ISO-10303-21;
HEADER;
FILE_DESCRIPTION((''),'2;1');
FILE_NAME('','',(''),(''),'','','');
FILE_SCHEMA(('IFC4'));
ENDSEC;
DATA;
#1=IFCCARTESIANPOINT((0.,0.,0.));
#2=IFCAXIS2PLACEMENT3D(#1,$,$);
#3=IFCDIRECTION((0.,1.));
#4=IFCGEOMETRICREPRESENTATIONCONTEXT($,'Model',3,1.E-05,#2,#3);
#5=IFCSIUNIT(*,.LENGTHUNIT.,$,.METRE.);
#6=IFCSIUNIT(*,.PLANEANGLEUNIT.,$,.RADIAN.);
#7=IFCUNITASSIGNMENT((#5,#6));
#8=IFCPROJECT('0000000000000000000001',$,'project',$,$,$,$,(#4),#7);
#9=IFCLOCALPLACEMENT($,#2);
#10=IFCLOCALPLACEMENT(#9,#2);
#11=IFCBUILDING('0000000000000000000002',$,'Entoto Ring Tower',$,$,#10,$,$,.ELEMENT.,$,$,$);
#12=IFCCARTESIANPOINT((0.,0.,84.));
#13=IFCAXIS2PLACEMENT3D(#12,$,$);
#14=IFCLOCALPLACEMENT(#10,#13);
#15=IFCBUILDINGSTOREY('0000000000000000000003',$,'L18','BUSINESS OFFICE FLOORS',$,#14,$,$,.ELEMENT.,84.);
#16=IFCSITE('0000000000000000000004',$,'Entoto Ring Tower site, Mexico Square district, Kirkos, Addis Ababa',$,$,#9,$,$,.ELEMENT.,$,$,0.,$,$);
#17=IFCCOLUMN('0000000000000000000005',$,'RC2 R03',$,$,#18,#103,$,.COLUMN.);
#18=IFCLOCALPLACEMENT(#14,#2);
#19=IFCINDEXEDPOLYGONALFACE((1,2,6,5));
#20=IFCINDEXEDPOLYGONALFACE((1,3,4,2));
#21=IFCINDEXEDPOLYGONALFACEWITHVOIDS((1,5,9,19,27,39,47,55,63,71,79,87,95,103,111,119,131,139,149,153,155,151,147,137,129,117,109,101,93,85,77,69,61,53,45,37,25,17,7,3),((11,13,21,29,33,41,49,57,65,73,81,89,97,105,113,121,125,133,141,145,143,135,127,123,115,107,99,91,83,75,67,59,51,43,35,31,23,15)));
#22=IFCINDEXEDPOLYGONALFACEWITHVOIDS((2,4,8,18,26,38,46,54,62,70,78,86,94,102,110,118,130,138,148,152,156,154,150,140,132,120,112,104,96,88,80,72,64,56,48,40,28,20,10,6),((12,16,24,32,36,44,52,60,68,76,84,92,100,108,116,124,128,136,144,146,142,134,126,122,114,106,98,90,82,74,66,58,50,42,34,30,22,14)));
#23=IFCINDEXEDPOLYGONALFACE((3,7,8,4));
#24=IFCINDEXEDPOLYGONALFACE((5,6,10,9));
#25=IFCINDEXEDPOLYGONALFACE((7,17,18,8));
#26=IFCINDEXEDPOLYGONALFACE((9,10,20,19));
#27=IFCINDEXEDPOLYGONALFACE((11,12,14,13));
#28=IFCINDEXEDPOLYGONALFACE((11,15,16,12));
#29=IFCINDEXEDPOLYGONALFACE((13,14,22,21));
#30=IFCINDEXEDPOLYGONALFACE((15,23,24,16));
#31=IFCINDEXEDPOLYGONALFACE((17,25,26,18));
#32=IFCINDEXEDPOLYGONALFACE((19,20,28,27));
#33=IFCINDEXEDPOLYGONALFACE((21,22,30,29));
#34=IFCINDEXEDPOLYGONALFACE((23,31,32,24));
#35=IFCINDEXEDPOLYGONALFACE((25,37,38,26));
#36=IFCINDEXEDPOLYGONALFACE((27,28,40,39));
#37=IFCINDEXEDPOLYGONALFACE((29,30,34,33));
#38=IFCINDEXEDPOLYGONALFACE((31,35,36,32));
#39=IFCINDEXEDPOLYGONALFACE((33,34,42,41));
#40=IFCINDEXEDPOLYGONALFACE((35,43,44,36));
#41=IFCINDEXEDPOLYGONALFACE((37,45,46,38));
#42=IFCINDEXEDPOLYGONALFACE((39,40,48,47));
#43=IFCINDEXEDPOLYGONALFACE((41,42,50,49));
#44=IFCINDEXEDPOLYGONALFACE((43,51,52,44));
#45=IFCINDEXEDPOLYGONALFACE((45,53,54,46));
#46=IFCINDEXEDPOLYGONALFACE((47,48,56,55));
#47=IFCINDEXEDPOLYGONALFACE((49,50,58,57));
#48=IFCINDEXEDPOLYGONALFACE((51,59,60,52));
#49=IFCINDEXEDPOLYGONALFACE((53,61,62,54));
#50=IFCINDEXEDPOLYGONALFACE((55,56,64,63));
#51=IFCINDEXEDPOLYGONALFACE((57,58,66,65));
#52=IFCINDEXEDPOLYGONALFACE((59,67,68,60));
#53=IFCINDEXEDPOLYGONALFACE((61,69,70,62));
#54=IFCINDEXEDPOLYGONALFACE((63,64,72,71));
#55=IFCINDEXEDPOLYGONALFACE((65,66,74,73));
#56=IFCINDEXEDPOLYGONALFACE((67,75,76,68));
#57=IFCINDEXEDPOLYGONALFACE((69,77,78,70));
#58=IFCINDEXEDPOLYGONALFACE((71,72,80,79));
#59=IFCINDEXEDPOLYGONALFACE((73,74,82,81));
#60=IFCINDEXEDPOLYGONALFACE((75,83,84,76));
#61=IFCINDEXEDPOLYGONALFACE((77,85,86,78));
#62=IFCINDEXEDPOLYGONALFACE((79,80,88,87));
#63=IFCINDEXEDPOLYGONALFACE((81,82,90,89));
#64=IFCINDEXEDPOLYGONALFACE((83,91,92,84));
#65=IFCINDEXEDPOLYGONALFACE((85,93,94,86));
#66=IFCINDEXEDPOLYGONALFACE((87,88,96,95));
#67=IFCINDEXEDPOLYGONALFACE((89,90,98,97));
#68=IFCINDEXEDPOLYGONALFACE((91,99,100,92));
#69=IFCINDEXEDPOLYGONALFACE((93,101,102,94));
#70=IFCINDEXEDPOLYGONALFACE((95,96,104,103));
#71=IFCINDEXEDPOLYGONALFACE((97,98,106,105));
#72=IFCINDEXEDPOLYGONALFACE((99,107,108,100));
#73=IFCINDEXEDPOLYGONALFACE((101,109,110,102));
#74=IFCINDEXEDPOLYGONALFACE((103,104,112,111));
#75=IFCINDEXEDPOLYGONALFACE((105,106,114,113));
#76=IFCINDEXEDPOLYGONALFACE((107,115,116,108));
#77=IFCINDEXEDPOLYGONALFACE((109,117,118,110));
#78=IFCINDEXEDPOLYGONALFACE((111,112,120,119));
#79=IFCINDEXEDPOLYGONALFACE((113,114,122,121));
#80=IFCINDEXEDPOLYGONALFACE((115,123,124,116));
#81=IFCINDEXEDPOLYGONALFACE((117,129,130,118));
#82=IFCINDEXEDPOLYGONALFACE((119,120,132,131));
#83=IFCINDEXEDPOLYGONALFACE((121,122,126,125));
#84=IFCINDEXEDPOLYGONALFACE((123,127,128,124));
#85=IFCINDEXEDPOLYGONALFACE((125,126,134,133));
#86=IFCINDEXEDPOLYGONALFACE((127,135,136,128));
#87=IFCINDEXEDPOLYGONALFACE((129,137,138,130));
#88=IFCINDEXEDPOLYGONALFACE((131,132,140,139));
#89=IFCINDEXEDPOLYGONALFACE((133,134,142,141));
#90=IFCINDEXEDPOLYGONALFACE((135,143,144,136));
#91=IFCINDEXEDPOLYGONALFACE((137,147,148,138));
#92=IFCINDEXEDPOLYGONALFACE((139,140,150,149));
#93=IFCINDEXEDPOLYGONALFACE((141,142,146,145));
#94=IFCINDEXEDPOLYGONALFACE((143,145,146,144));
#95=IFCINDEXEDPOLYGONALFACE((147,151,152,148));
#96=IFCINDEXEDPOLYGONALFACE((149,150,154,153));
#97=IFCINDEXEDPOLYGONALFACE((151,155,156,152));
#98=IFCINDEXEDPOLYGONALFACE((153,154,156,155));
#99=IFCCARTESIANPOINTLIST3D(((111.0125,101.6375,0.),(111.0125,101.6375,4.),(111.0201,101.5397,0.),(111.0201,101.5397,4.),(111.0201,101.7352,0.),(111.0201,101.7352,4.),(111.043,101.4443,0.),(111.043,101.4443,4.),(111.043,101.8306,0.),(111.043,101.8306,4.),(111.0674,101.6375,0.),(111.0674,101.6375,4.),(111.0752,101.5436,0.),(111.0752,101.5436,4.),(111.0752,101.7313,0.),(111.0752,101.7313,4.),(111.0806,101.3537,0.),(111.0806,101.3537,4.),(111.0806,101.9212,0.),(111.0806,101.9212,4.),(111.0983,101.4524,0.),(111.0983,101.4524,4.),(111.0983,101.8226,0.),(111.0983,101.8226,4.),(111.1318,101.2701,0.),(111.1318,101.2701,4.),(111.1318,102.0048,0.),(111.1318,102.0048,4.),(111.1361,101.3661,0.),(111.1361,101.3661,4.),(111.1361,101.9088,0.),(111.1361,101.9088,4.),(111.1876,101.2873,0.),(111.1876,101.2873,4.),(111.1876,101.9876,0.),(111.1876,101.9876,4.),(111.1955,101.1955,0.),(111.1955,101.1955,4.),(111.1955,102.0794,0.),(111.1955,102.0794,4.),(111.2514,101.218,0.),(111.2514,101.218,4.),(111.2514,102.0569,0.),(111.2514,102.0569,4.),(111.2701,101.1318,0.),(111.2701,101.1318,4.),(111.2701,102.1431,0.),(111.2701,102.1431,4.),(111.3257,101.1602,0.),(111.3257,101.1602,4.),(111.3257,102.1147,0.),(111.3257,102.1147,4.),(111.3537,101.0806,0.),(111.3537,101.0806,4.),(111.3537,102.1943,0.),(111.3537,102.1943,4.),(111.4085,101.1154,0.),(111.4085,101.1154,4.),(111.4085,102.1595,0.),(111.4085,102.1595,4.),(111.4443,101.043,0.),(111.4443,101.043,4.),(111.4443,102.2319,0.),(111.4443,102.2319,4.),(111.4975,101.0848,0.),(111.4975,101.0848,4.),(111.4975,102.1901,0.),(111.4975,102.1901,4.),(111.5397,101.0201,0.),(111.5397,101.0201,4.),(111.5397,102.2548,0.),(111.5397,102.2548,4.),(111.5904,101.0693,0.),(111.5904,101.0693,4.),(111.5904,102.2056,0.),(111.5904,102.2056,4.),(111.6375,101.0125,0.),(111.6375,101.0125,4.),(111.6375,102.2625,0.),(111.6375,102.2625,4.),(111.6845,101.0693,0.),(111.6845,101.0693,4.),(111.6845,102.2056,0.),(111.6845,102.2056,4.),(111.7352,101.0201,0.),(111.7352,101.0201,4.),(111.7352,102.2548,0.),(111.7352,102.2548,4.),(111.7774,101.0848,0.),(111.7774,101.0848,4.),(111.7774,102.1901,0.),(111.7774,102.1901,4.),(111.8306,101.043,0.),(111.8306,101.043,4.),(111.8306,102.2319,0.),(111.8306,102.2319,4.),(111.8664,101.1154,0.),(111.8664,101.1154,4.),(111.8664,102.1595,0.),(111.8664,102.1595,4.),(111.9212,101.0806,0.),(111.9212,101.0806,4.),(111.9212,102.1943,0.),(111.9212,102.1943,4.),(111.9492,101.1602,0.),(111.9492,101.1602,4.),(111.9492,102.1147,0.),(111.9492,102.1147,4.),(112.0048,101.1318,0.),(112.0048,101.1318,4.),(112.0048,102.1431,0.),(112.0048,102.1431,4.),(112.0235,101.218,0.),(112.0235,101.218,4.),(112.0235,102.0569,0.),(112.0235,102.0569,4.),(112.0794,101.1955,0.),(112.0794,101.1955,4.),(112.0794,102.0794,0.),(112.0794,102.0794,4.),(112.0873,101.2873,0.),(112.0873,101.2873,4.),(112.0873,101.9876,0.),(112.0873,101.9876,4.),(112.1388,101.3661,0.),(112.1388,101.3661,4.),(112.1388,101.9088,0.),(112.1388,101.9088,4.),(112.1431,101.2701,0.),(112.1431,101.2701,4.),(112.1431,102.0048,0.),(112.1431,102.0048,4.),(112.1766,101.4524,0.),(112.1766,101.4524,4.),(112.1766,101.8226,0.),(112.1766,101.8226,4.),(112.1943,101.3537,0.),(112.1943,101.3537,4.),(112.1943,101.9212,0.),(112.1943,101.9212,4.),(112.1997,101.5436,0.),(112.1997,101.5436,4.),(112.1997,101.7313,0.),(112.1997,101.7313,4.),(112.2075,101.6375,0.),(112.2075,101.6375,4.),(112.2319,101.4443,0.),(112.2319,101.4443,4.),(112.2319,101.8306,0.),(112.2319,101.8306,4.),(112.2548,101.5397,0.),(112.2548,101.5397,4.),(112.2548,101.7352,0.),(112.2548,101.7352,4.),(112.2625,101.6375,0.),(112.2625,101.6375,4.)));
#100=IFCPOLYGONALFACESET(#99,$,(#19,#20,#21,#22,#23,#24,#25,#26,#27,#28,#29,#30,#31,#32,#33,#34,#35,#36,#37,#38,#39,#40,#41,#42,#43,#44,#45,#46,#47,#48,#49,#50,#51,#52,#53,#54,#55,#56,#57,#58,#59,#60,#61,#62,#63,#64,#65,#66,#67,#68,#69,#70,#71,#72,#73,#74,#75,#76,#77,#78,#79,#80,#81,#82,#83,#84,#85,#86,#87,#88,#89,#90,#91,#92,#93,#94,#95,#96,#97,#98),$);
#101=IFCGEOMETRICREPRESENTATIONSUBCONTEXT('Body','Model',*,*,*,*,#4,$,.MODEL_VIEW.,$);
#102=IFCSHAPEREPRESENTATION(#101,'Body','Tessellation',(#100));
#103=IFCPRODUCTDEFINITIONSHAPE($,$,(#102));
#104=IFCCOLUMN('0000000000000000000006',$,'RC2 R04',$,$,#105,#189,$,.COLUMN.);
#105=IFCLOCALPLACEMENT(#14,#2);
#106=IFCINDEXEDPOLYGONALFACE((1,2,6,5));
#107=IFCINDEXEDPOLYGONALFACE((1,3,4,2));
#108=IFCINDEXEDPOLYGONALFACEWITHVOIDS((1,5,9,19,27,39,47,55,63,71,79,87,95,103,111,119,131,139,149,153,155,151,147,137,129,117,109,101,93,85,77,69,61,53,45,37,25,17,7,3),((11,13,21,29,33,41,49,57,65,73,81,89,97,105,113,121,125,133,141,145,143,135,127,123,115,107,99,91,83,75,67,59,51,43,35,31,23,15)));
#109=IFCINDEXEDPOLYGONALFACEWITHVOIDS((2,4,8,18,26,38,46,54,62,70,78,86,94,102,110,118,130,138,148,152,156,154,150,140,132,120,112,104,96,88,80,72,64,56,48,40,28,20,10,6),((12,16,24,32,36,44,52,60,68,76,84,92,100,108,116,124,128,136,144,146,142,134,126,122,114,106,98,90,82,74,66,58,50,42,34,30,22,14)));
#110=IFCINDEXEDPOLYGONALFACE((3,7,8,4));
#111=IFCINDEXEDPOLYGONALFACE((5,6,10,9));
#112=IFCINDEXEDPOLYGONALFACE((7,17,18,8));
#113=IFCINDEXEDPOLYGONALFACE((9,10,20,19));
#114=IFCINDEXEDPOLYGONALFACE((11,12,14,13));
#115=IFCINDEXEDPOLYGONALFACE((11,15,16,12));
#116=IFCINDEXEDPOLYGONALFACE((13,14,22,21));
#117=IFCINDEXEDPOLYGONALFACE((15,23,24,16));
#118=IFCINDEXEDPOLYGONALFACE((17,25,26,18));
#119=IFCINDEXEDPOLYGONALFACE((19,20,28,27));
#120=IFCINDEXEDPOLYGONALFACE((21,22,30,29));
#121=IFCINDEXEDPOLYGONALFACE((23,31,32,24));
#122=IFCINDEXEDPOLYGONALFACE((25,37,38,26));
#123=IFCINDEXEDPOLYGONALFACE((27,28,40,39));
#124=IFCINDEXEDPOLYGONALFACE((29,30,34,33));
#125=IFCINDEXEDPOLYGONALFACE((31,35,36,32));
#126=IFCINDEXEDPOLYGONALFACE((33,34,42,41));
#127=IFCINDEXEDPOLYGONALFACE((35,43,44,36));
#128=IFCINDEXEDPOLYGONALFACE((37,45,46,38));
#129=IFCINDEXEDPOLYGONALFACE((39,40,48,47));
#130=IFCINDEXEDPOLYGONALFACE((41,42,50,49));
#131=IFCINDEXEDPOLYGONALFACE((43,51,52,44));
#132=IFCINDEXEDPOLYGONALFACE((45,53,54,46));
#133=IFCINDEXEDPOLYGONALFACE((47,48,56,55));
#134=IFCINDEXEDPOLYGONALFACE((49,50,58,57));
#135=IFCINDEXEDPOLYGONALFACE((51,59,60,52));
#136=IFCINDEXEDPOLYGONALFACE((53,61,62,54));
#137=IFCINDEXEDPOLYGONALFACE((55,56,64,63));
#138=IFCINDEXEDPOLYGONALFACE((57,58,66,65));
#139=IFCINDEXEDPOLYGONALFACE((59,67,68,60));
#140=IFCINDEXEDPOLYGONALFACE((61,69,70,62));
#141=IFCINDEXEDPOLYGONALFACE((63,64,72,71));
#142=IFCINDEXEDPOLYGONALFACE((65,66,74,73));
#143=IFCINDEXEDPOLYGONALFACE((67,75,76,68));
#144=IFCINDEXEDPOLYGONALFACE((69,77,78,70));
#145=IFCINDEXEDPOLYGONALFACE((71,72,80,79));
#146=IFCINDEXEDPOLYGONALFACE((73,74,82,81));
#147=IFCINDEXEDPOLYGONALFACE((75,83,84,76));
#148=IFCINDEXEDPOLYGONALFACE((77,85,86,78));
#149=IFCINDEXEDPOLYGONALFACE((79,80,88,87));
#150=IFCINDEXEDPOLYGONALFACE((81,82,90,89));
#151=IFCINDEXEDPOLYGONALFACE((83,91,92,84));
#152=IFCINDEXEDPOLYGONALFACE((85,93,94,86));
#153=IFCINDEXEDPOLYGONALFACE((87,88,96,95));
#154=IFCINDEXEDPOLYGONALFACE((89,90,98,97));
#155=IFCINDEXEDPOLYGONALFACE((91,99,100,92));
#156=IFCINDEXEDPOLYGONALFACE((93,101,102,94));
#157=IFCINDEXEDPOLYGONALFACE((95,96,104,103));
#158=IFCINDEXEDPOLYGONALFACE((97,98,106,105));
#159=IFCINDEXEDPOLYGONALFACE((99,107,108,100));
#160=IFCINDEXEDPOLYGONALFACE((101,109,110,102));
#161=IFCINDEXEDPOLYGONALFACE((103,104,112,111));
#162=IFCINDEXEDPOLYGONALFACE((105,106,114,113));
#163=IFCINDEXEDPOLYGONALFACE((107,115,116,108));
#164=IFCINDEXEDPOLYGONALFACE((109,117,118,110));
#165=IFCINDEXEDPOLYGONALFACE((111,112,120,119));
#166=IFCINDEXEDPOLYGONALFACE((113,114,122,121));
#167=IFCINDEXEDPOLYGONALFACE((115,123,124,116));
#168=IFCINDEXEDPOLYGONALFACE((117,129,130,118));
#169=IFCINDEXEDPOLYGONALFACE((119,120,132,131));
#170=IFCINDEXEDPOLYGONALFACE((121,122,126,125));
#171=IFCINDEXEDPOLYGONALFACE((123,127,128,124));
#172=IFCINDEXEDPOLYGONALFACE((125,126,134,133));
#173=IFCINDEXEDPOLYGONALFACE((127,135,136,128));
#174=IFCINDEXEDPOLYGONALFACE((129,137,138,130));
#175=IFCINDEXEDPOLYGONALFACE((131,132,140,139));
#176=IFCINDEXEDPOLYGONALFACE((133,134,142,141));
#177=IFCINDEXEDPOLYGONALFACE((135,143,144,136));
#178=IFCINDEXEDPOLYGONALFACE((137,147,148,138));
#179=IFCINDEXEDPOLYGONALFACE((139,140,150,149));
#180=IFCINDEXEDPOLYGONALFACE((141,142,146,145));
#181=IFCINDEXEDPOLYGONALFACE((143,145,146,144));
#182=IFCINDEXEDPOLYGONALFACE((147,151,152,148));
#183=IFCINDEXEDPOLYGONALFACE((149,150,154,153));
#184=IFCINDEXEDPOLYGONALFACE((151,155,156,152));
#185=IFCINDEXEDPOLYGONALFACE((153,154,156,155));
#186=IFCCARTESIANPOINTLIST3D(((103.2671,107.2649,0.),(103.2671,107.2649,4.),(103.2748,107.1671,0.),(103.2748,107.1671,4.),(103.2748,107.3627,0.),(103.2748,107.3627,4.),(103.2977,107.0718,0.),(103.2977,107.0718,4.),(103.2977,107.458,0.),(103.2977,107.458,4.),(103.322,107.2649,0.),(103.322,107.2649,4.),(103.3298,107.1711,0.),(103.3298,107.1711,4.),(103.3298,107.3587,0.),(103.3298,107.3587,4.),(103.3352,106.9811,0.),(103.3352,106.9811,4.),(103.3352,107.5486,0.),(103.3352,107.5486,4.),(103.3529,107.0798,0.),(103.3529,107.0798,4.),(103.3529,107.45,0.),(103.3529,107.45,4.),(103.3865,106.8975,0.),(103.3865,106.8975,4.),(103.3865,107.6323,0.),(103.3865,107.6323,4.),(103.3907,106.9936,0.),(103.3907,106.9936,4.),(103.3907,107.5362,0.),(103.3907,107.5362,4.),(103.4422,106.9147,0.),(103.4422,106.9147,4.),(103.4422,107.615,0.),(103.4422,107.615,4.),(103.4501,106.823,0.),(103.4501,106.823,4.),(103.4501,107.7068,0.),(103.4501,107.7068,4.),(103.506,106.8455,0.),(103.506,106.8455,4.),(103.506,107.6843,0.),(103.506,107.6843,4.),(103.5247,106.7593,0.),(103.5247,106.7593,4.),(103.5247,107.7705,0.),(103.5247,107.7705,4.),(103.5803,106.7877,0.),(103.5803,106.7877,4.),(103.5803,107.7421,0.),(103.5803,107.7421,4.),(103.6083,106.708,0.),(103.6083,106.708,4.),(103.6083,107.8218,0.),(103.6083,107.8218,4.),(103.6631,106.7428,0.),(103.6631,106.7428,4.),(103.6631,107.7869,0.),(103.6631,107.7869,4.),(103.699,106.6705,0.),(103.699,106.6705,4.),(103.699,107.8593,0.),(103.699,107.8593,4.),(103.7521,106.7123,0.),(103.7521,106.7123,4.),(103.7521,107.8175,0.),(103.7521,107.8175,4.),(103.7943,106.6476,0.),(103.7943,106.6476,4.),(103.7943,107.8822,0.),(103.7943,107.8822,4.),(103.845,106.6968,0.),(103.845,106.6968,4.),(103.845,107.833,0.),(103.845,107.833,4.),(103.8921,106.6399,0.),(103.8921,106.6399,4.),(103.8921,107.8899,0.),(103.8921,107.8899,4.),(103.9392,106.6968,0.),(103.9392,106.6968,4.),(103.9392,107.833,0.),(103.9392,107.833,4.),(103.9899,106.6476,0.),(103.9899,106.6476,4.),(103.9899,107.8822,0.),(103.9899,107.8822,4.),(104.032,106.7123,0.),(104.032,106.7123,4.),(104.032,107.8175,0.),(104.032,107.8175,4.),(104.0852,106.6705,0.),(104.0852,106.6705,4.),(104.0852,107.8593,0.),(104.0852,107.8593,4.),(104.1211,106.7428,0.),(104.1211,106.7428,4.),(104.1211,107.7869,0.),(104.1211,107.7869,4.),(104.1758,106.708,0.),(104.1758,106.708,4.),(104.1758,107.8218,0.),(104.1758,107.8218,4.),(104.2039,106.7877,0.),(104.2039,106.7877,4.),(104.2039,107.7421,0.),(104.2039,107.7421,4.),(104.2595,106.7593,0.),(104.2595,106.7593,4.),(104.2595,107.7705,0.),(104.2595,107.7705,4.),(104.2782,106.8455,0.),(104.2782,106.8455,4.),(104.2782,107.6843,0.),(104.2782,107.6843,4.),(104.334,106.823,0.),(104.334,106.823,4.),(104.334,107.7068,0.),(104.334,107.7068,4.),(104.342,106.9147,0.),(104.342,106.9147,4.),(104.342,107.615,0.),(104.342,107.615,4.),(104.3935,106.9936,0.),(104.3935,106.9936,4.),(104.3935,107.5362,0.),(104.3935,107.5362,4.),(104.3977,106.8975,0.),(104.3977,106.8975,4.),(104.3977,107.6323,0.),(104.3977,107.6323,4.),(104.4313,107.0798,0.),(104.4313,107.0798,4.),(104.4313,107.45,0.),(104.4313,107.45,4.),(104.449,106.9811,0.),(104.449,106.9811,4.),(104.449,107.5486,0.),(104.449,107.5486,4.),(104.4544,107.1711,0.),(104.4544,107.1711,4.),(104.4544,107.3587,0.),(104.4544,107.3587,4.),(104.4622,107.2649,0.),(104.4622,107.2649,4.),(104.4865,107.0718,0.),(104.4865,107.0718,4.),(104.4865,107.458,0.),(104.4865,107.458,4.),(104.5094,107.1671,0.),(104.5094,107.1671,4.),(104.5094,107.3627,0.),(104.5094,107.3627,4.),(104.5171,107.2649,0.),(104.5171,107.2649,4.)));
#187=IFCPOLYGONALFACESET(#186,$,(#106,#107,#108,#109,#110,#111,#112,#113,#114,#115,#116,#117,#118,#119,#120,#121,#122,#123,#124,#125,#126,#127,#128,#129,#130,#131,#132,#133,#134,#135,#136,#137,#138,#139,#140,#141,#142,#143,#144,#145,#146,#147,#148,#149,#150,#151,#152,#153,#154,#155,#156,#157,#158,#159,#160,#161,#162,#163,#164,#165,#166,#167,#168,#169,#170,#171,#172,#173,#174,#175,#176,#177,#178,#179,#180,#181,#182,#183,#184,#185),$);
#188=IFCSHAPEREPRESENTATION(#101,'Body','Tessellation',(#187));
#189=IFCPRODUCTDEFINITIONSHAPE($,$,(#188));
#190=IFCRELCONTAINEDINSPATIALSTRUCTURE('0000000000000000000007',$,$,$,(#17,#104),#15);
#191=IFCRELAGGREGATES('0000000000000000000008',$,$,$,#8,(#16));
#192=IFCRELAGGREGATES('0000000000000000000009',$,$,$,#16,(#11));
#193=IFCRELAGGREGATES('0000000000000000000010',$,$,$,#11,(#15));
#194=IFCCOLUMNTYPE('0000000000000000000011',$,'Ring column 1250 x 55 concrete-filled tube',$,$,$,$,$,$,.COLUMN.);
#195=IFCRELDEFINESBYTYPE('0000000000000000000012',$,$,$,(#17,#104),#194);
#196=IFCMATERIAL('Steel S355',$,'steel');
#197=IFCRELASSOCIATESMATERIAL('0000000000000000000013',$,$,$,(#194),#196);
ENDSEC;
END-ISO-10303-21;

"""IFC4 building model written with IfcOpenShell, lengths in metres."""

from ifc_helpers import new_model, si_unit, direction, frame, origin, origin_2d, place, context, subcontext, project, spatial, circle, hollow_circle, extrude, material, material_profile, profile_set, type_object, element, save


model = new_model("IFC4")

# Units and contexts
model_context = context("Model", 3, precision=1e-05, world=origin(), true_north=direction((0.0, 1.0)))
body_context = subcontext(model_context, "Body", "Model", "MODEL_VIEW")
ifc_project = project(units=[si_unit("LENGTHUNIT", "METRE"), si_unit("PLANEANGLEUNIT", "RADIAN")], contexts=[model_context])

# Site, building, storey
site_placement = place(None, origin())
site = spatial("IfcSite", under=ifc_project, at=site_placement, Name="Entoto Ring Tower site, Mexico Square district, Kirkos, Addis Ababa", CompositionType="ELEMENT", RefElevation=0.0)
building_placement = place(site_placement, origin())
building = spatial("IfcBuilding", under=site, at=building_placement, Name="Entoto Ring Tower", CompositionType="ELEMENT")
storey_placement = place(building_placement, frame((0.0, 0.0, 84.0)))
storey = spatial("IfcBuildingStorey", under=building, at=storey_placement, Name="L18", Description="BUSINESS OFFICE FLOORS", CompositionType="ELEMENT", Elevation=84.0)

# Columns
ifc_material_1 = material(Name="Steel S355", Category="steel")
ifc_material_profile_1 = material_profile(ifc_material_1, hollow_circle(Radius=0.625, WallThickness=0.0549, at=origin_2d()), Name="CHS 1250 x 55")
ifc_material_2 = material(Name="Concrete C60/75", Category="concrete")
ifc_material_profile_2 = material_profile(ifc_material_2, circle(Radius=0.5701, at=origin_2d()), Name="Concrete C60/75 infill")
ifc_profile_set_1 = profile_set([ifc_material_profile_1, ifc_material_profile_2], Name="Steel S355")
column_type = type_object("IfcColumnType", Name="Ring column 1250 x 55 concrete-filled tube", PredefinedType="COLUMN", material=ifc_profile_set_1)
for number, where, z_axis, x_axis, name in (
    (1, (111.6375, 101.6375, 0.0), (0.0, 0.0, 1.0), (1.0, 0.0, 0.0), "RC2 R03"),
    (2, (103.8921, 107.2649, 0.0), (0.0, 0.0, 1.0), (1.0, 0.0, 0.0), "RC2 R04"),
):
    element("IfcColumn", number, at=place(storey_placement, frame(where, z_axis=z_axis, x_axis=x_axis)), inside=storey, type_object=column_type, Name=name, PredefinedType="COLUMN", context=body_context, shape_type="SweptSolid", body=[
        extrude(hollow_circle(Radius=0.625, WallThickness=0.0549, at=origin_2d()), origin(), (0.0, 0.0, 1.0), 4.0),
    ])

save(model, "model.ifc")
